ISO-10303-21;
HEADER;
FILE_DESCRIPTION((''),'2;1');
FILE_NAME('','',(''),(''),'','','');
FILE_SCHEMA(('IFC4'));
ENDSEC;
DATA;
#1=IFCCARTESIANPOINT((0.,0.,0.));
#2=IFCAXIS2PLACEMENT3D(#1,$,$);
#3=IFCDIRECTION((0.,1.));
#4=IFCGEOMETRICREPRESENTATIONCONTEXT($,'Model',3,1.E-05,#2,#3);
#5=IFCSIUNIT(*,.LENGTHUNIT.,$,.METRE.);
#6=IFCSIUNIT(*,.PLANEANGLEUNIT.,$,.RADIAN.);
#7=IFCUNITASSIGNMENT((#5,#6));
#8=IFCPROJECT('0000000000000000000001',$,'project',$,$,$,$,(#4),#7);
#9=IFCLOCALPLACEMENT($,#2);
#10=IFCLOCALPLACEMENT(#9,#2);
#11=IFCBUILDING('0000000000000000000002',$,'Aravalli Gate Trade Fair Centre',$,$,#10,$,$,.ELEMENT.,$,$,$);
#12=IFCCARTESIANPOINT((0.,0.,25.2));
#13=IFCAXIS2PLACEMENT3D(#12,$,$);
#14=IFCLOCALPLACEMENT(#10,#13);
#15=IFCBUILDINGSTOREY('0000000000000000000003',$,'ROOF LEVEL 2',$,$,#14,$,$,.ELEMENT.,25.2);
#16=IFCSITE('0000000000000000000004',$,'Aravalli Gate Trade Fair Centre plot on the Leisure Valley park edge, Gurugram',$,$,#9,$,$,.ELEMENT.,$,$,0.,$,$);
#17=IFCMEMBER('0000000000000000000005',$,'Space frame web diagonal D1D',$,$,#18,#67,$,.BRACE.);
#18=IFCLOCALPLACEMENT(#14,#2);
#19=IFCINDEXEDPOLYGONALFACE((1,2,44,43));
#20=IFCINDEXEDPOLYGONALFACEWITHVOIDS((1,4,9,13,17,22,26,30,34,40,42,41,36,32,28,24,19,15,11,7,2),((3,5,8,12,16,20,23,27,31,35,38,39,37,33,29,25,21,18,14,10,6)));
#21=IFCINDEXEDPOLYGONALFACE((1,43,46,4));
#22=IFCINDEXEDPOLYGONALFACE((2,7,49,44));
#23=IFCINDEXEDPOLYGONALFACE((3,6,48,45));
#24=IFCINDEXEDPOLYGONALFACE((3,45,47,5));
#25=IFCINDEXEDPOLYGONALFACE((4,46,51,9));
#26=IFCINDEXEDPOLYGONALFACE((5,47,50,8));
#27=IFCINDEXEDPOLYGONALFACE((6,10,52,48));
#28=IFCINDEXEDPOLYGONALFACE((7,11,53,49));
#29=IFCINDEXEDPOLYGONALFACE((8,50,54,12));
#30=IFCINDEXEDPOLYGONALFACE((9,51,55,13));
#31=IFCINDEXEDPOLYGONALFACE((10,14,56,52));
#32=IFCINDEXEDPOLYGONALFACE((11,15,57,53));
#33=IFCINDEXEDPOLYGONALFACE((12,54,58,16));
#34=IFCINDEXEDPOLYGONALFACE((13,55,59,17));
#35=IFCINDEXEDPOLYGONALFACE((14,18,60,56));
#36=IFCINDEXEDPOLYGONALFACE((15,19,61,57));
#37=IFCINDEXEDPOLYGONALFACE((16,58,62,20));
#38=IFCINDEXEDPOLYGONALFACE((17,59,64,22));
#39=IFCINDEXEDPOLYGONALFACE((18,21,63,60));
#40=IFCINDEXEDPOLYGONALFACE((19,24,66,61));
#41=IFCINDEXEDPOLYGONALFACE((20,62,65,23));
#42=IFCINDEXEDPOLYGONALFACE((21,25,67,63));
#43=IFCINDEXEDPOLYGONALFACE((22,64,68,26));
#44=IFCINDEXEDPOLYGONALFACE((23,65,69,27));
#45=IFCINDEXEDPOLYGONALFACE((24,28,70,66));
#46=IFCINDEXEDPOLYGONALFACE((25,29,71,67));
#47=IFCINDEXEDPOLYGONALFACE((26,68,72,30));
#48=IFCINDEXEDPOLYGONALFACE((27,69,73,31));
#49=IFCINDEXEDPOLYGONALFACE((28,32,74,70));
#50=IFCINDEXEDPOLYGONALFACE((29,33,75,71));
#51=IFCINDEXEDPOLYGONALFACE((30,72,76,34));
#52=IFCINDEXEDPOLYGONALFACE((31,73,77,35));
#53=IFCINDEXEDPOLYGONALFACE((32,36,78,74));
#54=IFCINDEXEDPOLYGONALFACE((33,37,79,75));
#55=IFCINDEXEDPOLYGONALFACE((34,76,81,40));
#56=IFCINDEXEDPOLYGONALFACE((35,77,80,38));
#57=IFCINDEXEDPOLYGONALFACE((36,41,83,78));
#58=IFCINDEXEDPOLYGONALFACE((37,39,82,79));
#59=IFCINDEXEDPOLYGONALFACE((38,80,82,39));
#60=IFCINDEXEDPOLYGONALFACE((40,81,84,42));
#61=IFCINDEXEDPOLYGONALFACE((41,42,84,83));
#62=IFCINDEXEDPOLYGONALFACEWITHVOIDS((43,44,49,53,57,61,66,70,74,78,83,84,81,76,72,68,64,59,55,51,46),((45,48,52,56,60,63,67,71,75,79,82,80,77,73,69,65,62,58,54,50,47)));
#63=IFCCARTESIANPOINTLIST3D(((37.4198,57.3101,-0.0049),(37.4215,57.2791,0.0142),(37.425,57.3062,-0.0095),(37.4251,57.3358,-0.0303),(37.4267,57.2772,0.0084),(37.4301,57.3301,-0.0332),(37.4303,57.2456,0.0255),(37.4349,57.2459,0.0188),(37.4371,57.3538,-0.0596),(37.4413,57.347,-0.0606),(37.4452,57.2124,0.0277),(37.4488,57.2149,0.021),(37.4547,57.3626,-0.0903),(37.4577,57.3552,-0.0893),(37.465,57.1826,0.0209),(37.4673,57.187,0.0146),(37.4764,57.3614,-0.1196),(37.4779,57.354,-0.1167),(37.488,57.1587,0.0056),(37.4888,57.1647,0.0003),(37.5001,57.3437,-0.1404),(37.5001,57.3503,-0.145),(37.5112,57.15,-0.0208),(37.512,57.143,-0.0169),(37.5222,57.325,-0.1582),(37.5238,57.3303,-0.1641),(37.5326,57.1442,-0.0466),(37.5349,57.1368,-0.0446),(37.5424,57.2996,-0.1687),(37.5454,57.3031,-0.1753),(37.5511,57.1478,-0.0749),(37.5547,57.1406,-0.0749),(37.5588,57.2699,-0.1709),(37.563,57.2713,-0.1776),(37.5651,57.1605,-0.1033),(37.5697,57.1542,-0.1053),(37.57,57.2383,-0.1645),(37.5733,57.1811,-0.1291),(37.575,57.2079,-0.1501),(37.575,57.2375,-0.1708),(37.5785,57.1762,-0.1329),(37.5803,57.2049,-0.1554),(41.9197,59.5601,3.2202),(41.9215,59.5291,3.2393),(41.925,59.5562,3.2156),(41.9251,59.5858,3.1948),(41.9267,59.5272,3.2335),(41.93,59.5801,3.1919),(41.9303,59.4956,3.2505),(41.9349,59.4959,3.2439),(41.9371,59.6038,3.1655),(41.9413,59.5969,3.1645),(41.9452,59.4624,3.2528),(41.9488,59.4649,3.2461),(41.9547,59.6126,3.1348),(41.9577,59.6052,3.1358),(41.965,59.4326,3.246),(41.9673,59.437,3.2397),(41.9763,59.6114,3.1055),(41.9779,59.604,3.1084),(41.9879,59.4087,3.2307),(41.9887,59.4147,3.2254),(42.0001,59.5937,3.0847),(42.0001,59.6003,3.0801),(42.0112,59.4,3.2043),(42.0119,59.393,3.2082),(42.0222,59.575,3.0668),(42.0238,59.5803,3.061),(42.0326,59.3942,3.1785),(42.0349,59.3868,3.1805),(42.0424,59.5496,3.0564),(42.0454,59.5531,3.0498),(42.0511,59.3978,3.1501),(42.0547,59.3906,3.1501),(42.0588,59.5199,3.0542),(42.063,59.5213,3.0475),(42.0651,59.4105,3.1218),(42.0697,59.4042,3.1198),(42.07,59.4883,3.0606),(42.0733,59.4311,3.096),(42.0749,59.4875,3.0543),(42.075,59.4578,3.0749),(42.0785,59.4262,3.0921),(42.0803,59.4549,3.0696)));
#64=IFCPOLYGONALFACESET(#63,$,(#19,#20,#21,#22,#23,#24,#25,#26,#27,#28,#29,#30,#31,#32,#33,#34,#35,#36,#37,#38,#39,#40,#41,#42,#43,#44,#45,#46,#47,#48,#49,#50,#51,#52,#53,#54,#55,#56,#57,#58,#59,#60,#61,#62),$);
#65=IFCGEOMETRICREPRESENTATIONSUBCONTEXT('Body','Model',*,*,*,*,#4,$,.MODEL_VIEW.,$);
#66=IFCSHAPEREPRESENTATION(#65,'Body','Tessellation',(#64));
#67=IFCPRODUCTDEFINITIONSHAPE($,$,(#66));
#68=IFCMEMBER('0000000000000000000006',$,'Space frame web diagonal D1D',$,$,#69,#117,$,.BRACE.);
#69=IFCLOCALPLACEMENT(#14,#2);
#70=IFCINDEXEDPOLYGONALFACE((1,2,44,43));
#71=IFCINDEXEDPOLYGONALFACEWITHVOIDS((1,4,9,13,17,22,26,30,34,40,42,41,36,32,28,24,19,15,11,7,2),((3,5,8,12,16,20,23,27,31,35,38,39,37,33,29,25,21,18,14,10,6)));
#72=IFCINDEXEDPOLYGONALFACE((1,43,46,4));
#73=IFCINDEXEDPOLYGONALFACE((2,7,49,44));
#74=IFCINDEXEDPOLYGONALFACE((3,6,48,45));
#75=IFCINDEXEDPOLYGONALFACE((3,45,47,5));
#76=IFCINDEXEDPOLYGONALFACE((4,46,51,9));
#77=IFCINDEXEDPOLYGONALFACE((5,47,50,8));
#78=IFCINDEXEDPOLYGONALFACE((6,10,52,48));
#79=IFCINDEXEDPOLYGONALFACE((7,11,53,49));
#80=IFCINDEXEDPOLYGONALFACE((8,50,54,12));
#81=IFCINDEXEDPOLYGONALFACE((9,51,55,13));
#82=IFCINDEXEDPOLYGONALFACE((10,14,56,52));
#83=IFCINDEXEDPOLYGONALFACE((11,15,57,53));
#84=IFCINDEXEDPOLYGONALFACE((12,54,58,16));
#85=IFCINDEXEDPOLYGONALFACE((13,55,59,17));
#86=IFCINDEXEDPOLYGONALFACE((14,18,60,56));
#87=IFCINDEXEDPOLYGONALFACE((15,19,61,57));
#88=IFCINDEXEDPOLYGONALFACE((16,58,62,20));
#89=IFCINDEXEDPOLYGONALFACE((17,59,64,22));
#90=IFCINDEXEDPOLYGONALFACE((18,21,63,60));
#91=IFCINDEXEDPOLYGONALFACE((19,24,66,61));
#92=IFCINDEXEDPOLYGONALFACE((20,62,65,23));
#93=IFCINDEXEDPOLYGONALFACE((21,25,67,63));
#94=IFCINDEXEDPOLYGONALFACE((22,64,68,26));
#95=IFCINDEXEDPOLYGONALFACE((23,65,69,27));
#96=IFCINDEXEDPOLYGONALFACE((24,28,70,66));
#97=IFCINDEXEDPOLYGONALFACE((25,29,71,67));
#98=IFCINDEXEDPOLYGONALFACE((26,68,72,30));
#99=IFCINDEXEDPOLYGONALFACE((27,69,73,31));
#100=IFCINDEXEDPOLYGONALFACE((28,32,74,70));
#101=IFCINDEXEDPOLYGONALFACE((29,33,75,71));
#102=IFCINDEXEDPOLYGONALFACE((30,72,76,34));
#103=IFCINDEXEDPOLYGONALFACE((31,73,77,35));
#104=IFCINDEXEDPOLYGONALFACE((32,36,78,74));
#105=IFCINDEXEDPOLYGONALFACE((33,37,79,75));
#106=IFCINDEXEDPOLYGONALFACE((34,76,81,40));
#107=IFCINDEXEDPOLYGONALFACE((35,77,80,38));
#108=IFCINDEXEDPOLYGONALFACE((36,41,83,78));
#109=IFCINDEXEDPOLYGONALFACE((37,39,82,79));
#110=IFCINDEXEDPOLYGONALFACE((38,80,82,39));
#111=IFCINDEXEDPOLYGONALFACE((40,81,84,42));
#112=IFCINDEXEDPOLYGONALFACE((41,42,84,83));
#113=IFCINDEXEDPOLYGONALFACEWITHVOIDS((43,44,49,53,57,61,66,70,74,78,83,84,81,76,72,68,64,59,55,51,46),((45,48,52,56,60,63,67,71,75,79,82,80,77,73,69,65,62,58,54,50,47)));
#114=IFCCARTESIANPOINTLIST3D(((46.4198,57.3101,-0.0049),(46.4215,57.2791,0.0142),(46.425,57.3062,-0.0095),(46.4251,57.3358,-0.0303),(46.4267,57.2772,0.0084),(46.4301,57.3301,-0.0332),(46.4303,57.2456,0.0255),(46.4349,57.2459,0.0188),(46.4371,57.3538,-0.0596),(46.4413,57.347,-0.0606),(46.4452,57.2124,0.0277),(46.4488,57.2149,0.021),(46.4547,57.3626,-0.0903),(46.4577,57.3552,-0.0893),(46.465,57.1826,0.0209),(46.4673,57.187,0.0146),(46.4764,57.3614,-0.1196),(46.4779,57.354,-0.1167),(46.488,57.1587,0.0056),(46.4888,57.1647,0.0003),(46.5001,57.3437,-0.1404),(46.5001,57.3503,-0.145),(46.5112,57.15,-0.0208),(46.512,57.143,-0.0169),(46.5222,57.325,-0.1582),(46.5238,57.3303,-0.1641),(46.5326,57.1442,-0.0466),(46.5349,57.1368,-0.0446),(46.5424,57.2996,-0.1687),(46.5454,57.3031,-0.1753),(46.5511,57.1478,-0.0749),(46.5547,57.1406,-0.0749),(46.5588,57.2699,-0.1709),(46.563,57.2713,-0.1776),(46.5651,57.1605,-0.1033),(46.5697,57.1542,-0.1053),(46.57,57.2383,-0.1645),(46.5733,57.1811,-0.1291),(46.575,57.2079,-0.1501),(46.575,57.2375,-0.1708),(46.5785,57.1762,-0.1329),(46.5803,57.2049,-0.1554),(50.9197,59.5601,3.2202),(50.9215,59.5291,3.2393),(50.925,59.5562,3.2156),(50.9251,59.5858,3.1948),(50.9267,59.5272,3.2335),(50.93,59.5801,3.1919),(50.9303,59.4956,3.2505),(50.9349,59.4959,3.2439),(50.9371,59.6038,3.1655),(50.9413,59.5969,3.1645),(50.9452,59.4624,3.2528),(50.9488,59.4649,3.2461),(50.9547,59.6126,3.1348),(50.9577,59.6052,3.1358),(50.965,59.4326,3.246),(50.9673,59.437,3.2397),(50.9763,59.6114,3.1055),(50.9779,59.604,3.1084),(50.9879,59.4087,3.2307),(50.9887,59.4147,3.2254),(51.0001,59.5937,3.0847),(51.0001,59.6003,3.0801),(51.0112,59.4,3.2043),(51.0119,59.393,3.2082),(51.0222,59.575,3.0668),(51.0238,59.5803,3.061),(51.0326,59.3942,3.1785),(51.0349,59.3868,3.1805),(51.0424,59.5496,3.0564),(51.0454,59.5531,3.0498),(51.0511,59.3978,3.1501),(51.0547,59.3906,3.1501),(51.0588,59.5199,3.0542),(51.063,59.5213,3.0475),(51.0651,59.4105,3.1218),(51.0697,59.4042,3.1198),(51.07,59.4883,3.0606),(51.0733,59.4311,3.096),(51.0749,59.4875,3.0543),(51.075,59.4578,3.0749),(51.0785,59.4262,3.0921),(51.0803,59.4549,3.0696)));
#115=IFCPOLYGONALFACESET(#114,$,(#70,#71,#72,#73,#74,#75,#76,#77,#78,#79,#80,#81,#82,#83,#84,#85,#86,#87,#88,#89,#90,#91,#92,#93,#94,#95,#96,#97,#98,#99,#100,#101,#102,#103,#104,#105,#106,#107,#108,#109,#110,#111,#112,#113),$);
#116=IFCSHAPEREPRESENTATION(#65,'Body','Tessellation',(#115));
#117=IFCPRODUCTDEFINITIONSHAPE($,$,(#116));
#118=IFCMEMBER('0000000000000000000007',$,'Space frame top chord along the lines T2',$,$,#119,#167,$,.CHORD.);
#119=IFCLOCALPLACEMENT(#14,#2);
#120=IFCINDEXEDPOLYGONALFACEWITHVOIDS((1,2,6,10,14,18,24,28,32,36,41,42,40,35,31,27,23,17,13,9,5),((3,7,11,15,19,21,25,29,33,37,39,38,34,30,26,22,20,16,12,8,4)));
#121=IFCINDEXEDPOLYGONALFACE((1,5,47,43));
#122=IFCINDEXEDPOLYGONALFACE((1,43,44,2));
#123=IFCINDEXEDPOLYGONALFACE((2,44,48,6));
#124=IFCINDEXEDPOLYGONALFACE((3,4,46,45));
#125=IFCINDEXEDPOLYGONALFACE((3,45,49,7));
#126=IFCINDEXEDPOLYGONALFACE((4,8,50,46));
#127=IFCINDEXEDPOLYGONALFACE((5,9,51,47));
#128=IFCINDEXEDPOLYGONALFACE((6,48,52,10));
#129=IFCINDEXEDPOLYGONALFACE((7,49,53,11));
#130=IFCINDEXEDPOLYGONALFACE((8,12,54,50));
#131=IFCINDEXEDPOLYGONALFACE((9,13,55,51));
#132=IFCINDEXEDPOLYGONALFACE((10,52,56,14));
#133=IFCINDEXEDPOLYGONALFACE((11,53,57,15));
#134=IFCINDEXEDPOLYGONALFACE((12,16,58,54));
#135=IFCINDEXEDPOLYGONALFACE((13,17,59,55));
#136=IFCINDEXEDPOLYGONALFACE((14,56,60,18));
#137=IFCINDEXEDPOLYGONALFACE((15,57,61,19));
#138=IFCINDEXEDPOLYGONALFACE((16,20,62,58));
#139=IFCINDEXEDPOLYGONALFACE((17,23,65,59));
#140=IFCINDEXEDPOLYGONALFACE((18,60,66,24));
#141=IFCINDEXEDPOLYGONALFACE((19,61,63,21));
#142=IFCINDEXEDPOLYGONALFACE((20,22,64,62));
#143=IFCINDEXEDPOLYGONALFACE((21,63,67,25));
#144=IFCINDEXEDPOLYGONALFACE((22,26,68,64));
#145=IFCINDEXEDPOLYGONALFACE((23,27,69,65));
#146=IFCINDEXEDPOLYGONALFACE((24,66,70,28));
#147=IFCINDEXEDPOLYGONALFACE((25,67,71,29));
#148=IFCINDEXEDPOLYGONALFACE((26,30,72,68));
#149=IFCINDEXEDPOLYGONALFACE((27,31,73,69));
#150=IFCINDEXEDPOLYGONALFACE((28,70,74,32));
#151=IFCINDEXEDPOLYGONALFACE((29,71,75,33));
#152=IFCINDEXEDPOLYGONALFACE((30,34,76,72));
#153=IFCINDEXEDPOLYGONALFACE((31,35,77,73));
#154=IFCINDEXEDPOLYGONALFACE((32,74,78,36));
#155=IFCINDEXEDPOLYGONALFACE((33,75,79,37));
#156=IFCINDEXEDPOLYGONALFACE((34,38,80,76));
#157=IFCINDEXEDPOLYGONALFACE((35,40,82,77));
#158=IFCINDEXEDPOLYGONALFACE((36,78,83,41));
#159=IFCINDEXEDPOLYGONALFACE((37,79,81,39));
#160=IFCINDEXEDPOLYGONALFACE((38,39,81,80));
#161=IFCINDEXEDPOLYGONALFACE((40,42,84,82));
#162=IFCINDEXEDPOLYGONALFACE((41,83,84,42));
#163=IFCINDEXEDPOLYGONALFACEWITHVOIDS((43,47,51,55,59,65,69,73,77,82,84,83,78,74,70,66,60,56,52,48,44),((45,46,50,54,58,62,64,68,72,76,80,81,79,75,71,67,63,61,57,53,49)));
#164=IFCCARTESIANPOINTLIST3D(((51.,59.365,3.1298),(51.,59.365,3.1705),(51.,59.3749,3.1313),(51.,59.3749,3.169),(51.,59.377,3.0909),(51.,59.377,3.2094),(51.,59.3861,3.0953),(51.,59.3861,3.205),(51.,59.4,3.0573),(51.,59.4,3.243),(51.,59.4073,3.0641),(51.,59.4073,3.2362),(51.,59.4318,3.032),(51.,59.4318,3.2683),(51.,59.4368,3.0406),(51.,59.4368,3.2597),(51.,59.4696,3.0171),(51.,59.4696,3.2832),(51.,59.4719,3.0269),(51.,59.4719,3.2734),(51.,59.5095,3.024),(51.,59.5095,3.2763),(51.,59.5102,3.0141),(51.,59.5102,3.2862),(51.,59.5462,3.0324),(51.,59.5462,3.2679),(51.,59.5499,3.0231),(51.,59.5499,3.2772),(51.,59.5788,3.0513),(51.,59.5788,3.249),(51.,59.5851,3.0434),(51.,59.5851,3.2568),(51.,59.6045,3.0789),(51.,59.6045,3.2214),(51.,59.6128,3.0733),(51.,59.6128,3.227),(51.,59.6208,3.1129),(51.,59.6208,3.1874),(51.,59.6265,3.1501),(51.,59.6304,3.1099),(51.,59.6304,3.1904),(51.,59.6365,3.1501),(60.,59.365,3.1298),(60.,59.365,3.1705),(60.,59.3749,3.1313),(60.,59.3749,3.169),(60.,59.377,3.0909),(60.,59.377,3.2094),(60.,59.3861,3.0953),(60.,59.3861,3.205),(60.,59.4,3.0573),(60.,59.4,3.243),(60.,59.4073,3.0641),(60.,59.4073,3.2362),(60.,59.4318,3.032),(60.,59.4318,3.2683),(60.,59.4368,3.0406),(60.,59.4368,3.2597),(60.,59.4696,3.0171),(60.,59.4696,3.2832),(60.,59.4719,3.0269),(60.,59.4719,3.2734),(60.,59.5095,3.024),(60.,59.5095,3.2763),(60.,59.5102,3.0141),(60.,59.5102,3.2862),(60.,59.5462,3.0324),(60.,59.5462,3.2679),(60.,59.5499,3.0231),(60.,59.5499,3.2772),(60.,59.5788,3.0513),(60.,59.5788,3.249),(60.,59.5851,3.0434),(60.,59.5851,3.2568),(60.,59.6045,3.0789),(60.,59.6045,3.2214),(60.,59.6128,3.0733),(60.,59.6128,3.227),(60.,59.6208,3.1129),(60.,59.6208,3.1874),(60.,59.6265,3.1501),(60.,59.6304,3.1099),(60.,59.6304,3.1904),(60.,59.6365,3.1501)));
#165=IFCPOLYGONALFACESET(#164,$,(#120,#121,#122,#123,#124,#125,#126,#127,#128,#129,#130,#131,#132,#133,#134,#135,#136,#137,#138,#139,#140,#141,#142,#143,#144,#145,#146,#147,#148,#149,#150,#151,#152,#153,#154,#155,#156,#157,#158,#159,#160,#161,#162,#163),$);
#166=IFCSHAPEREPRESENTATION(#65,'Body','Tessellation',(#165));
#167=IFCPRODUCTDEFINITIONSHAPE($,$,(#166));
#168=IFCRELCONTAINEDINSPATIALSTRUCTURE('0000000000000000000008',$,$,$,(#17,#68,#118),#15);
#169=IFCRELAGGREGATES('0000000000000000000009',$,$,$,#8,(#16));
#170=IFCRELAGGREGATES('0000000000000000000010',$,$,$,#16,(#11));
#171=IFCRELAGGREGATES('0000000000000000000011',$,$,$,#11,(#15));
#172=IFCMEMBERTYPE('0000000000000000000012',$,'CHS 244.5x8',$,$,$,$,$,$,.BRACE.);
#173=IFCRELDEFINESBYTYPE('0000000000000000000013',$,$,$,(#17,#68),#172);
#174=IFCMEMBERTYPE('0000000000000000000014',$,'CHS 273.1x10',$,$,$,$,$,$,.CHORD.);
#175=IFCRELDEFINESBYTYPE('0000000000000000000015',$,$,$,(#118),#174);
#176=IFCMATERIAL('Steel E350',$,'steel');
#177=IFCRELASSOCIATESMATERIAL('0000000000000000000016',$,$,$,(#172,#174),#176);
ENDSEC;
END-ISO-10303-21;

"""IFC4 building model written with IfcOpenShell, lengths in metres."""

from ifc_helpers import new_model, si_unit, direction, frame, origin, origin_2d, place, context, subcontext, project, spatial, hollow_circle, extrude, material, material_profile, profile_set, type_object, element, save


model = new_model("IFC4")

# Units and contexts
model_context = context("Model", 3, precision=1e-05, world=origin(), true_north=direction((0.0, 1.0)))
body_context = subcontext(model_context, "Body", "Model", "MODEL_VIEW")
ifc_project = project(units=[si_unit("LENGTHUNIT", "METRE"), si_unit("PLANEANGLEUNIT", "RADIAN")], contexts=[model_context])

# Site, building, storey
site_placement = place(None, origin())
site = spatial("IfcSite", under=ifc_project, at=site_placement, Name="Aravalli Gate Trade Fair Centre plot on the Leisure Valley park edge, Gurugram", CompositionType="ELEMENT", RefElevation=0.0)
building_placement = place(site_placement, origin())
building = spatial("IfcBuilding", under=site, at=building_placement, Name="Aravalli Gate Trade Fair Centre", CompositionType="ELEMENT")
storey_placement = place(building_placement, frame((0.0, 0.0, 25.2)))
storey = spatial("IfcBuildingStorey", under=building, at=storey_placement, Name="ROOF LEVEL 2", CompositionType="ELEMENT", Elevation=25.2)

# Members
ifc_material_1 = material(Name="Steel E350", Category="steel")
ifc_material_profile_1 = material_profile(ifc_material_1, hollow_circle(Radius=0.1223, WallThickness=0.0081, at=origin_2d()), Name="CHS 244.5x8")
ifc_profile_set_1 = profile_set([ifc_material_profile_1], Name="Steel E350")
member_type_1 = type_object("IfcMemberType", Name="CHS 244.5x8", PredefinedType="BRACE", material=ifc_profile_set_1)
for number, where, z_axis, x_axis, name in (
    (1, (42.0, 59.5, 3.1501), (-0.753, -0.3765, -0.539666), (0.447214, -0.894427, 0.0), "Space frame web diagonal D1D"),
    (2, (51.0, 59.5, 3.1501), (-0.753, -0.3765, -0.539666), (0.447214, -0.894427, 0.0), "Space frame web diagonal D1D"),
):
    element("IfcMember", number, at=place(storey_placement, frame(where, z_axis=z_axis, x_axis=x_axis)), inside=storey, type_object=member_type_1, Name=name, PredefinedType="BRACE", context=body_context, shape_type="SweptSolid", body=[
        extrude(hollow_circle(Radius=0.1223, WallThickness=0.0081, at=origin_2d()), origin(), (0.0, 0.0, 1.0), 5.9761),
    ])
ifc_material_profile_2 = material_profile(ifc_material_1, hollow_circle(Radius=0.1365, WallThickness=0.01, at=origin_2d()), Name="CHS 273.1x10")
ifc_profile_set_2 = profile_set([ifc_material_profile_2], Name="Steel E350")
member_type_2 = type_object("IfcMemberType", Name="CHS 273.1x10", PredefinedType="CHORD", material=ifc_profile_set_2)
member_1_placement = place(storey_placement, frame((51.0, 59.5, 3.1501), z_axis=(1.0, 0.0, 0.0), x_axis=(0.0, 1.0, 0.0)))
element("IfcMember", 3, at=member_1_placement, inside=storey, type_object=member_type_2, Name="Space frame top chord along the lines T2", PredefinedType="CHORD", context=body_context, shape_type="SweptSolid", body=[
    extrude(hollow_circle(Radius=0.1365, WallThickness=0.01, at=origin_2d()), origin(), (0.0, 0.0, 1.0), 9.0),
])

save(model, "model.ifc")
